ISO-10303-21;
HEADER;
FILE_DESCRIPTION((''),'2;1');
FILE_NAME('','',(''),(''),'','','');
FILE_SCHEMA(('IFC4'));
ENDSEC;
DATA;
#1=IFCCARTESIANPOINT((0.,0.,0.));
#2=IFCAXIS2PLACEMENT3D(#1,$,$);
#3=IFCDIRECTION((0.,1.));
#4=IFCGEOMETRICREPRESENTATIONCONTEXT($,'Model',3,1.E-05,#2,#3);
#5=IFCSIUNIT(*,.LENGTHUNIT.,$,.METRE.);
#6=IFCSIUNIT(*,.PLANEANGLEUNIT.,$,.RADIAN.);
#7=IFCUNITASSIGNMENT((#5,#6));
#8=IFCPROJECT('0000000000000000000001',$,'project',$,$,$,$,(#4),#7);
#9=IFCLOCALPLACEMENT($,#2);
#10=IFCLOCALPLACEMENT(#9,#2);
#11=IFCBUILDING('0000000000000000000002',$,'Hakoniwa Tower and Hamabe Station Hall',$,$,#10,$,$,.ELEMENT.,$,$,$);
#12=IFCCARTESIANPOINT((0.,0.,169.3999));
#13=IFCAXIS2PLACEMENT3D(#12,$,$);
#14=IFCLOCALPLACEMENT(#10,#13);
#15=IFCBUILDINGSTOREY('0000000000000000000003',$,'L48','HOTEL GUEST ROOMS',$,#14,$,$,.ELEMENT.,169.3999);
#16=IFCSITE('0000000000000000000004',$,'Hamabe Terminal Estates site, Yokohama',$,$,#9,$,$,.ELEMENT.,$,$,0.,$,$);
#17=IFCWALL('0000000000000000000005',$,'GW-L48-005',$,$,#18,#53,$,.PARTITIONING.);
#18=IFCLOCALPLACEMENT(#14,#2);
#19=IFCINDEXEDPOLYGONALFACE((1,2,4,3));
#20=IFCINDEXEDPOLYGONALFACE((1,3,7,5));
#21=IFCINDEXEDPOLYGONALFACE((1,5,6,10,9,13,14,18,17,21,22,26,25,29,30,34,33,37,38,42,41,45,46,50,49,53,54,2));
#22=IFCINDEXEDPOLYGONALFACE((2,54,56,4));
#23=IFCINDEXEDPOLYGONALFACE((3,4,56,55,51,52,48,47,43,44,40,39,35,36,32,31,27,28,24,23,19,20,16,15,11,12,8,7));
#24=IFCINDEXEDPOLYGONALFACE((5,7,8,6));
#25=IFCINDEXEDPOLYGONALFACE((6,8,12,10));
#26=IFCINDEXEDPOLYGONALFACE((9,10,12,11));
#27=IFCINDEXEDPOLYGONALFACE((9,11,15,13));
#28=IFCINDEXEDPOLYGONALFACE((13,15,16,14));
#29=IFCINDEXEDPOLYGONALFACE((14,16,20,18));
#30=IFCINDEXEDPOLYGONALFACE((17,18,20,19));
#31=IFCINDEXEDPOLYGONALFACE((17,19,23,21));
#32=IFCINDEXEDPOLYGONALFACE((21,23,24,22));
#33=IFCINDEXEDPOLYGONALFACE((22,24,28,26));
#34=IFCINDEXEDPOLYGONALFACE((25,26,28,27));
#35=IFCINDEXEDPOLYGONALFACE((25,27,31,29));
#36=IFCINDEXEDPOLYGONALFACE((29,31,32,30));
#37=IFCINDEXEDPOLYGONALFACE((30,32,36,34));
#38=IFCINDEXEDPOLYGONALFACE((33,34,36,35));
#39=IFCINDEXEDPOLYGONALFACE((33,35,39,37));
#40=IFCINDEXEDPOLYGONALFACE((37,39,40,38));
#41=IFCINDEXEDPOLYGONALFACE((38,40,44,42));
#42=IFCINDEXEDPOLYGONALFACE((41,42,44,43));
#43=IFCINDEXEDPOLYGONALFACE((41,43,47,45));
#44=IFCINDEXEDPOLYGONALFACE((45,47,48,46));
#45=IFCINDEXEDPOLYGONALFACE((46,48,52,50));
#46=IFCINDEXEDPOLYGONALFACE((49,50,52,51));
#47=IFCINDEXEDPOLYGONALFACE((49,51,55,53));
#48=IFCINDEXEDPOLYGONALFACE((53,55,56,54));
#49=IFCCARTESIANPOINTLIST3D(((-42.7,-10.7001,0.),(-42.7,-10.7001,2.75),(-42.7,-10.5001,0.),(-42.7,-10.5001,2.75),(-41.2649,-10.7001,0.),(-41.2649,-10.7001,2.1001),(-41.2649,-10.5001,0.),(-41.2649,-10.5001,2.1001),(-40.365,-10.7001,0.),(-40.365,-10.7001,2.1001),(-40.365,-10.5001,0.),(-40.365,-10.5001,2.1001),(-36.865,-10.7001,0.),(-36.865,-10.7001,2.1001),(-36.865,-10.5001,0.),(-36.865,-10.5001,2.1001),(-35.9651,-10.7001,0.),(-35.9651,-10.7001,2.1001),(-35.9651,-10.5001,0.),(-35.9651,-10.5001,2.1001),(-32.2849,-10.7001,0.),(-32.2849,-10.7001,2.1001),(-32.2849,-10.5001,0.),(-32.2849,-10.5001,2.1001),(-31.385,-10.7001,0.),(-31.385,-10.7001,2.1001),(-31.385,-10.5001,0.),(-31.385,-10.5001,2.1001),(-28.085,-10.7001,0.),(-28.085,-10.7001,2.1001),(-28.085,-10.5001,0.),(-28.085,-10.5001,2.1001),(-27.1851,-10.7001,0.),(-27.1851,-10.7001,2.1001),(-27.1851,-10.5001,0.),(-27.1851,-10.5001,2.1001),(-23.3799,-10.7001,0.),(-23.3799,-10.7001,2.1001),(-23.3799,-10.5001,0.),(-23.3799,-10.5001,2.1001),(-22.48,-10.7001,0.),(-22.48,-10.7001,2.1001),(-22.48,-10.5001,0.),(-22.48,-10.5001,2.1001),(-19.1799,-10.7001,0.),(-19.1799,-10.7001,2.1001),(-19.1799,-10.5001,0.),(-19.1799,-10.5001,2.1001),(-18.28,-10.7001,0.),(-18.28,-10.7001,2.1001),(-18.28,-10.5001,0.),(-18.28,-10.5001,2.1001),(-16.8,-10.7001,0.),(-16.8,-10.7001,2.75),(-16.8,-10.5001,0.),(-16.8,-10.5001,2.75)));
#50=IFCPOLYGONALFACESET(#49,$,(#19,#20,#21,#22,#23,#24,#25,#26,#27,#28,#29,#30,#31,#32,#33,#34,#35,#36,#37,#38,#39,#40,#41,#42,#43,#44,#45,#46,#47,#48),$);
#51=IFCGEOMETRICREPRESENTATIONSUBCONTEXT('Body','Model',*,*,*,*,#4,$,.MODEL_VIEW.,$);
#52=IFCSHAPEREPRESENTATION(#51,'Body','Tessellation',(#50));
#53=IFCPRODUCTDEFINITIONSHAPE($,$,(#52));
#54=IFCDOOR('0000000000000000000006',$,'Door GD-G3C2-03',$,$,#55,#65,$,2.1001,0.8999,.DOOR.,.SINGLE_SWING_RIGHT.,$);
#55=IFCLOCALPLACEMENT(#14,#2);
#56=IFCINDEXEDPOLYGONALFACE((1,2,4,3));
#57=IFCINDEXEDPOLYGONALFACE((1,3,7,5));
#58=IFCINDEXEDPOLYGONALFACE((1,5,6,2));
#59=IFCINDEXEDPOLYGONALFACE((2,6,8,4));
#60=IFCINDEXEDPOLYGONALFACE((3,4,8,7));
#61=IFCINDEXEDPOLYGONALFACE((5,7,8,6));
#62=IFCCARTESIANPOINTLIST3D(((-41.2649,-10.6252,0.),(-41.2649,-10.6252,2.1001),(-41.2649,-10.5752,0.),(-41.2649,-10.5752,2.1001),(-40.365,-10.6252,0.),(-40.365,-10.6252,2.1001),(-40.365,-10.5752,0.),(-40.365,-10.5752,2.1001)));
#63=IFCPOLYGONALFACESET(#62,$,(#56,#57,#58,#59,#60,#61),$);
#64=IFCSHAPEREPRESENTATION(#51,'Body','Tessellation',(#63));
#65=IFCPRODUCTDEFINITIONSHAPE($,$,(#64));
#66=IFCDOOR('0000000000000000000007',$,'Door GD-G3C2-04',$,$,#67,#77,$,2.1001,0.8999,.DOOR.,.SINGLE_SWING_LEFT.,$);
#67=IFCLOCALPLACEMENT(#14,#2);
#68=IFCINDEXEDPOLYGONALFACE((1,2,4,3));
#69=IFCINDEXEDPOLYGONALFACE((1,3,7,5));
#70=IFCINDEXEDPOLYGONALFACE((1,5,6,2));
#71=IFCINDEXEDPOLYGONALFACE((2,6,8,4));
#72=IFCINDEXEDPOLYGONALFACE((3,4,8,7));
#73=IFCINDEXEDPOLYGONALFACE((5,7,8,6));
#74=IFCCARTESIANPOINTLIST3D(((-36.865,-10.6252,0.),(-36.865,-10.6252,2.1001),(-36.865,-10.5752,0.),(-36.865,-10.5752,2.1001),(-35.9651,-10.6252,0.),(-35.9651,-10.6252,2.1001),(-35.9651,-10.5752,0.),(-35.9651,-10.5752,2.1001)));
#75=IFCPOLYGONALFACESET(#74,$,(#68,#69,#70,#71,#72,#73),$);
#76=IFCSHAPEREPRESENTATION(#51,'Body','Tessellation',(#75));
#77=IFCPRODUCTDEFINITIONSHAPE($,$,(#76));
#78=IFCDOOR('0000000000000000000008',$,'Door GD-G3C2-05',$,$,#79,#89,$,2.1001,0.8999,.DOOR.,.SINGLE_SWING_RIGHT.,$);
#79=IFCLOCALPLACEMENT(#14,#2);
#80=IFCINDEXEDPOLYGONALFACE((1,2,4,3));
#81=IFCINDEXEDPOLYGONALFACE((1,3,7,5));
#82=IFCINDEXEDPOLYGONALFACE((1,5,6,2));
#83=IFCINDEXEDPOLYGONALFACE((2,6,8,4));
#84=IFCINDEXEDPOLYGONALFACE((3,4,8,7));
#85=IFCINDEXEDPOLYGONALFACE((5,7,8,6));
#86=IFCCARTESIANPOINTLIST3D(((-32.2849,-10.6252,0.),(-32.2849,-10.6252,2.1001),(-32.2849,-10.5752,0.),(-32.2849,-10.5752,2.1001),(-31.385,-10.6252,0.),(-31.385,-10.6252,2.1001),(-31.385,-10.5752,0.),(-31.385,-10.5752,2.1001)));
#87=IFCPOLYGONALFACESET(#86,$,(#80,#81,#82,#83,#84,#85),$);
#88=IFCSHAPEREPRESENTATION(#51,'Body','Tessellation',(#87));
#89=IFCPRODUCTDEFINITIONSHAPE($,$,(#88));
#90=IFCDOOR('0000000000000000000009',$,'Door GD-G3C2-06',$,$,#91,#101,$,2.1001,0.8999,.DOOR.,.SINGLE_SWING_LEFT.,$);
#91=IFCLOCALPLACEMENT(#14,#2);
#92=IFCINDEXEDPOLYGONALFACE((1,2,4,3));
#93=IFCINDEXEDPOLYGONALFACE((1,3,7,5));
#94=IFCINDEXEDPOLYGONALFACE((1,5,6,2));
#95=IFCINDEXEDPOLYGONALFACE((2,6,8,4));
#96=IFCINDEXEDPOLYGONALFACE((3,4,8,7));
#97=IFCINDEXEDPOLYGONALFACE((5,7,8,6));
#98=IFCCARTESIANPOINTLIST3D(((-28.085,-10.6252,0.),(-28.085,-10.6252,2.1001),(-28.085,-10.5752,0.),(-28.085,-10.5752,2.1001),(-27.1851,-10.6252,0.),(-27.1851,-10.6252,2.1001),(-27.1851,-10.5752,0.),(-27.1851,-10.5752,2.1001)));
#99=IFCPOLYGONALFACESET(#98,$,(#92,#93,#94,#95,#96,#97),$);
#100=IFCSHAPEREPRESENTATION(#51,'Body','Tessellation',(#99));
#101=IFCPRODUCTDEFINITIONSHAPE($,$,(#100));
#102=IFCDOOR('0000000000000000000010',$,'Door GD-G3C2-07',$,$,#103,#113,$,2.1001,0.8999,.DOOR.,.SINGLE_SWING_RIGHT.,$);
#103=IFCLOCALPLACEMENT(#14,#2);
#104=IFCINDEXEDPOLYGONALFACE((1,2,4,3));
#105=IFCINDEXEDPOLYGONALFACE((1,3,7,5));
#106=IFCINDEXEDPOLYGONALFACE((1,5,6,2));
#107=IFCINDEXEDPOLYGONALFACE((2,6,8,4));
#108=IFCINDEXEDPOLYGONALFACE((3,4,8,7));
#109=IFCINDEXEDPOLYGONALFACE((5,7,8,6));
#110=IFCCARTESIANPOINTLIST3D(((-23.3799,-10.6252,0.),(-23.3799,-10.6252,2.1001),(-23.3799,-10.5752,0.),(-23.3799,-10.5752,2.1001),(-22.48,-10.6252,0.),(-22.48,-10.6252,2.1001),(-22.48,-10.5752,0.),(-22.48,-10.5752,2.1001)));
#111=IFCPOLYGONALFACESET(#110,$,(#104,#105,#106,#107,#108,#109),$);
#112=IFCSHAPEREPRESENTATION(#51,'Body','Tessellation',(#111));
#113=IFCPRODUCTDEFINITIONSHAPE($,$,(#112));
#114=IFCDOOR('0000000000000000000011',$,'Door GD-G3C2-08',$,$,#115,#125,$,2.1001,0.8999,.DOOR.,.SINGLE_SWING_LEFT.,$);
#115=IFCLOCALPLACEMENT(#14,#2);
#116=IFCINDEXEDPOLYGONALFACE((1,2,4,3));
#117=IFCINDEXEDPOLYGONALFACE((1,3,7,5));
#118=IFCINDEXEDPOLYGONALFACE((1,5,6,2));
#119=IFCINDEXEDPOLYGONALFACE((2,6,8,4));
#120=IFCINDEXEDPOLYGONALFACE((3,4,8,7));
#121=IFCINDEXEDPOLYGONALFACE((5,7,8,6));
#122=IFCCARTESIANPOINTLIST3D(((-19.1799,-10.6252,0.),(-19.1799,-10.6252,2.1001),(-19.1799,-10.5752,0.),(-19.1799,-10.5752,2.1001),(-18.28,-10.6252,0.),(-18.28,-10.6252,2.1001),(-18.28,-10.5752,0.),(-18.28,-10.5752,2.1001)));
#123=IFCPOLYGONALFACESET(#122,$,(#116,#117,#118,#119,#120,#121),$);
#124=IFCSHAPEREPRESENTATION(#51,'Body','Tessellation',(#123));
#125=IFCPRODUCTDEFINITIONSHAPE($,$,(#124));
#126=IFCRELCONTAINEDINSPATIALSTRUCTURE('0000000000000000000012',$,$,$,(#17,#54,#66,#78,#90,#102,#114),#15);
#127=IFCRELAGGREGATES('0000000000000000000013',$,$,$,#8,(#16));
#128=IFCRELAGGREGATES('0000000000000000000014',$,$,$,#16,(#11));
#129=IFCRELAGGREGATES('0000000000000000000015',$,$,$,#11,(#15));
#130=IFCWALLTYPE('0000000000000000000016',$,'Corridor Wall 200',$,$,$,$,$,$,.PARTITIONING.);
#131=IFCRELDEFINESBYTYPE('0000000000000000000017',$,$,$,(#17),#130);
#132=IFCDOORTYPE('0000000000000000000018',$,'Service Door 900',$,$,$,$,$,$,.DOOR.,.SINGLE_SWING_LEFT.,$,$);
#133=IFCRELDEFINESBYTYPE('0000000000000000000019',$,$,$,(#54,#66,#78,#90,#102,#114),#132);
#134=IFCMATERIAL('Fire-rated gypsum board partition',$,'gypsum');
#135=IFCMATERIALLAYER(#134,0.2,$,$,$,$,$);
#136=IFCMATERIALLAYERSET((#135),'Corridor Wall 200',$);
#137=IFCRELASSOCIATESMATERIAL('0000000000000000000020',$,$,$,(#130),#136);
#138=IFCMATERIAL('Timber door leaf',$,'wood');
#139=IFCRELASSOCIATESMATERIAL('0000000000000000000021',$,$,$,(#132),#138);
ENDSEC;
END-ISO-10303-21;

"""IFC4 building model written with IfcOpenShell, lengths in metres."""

from ifc_helpers import new_model, si_unit, direction, frame, frame_2d, origin, place, context, subcontext, project, spatial, rectangle, extrude, material, layer, layer_set, type_object, element, fill, save


model = new_model("IFC4")

# Units and contexts
model_context = context("Model", 3, precision=1e-05, world=origin(), true_north=direction((0.0, 1.0)))
body_context = subcontext(model_context, "Body", "Model", "MODEL_VIEW")
ifc_project = project(units=[si_unit("LENGTHUNIT", "METRE"), si_unit("PLANEANGLEUNIT", "RADIAN")], contexts=[model_context])

# Site, building, storey
site_placement = place(None, origin())
site = spatial("IfcSite", under=ifc_project, at=site_placement, Name="Hamabe Terminal Estates site, Yokohama", CompositionType="ELEMENT", RefElevation=0.0)
building_placement = place(site_placement, origin())
building = spatial("IfcBuilding", under=site, at=building_placement, Name="Hakoniwa Tower and Hamabe Station Hall", CompositionType="ELEMENT")
storey_placement = place(building_placement, frame((0.0, 0.0, 169.3999)))
storey = spatial("IfcBuildingStorey", under=building, at=storey_placement, Name="L48", Description="HOTEL GUEST ROOMS", CompositionType="ELEMENT", Elevation=169.3999)

# Wall, openings, doors
ifc_material_1 = material(Name="Fire-rated gypsum board partition", Category="gypsum")
ifc_layer_1 = layer(ifc_material_1, 0.2)
ifc_layer_set_1 = layer_set([ifc_layer_1], Name="Corridor Wall 200")
wall_type_1 = type_object("IfcWallType", Name="Corridor Wall 200", PredefinedType="PARTITIONING", material=ifc_layer_set_1)
wall_1_placement = place(storey_placement, frame((-42.7, -10.6001, 0.0), z_axis=(0.0, 0.0, 1.0), x_axis=(1.0, 0.0, 0.0)))
wall_1 = element("IfcWall", 1, at=wall_1_placement, inside=storey, type_object=wall_type_1, Name="GW-L48-005", PredefinedType="PARTITIONING", context=body_context, shape_type="SweptSolid", body=[
    extrude(rectangle(XDim=25.8999, YDim=0.2, at=frame_2d((12.95, 0.0))), origin(), (0.0, 0.0, 1.0), 2.75),
])
opening_1_placement = place(wall_1_placement, frame((1.4351, 0.0, 0.0)))
opening_1 = element("IfcOpeningElement", 2, at=opening_1_placement, cuts=wall_1, PredefinedType="OPENING", context=body_context, shape_type="SweptSolid", body=[
    extrude(rectangle(XDim=0.8999, YDim=2.1001, at=frame_2d((0.45, 1.05))), frame((0.0, 0.1099, 0.0), z_axis=(0.0, -1.0, 0.0), x_axis=(1.0, 0.0, 0.0)), (0.0, 0.0, 1.0), 0.22),
])
opening_2_placement = place(wall_1_placement, frame((5.835, 0.0, 0.0)))
opening_2 = element("IfcOpeningElement", 3, at=opening_2_placement, cuts=wall_1, PredefinedType="OPENING", context=body_context, shape_type="SweptSolid", body=[
    extrude(rectangle(XDim=0.8999, YDim=2.1001, at=frame_2d((0.45, 1.05))), frame((0.0, 0.1099, 0.0), z_axis=(0.0, -1.0, 0.0), x_axis=(1.0, 0.0, 0.0)), (0.0, 0.0, 1.0), 0.22),
])
opening_3_placement = place(wall_1_placement, frame((10.415, 0.0, 0.0)))
opening_3 = element("IfcOpeningElement", 4, at=opening_3_placement, cuts=wall_1, PredefinedType="OPENING", context=body_context, shape_type="SweptSolid", body=[
    extrude(rectangle(XDim=0.8999, YDim=2.1001, at=frame_2d((0.45, 1.05))), frame((0.0, 0.1099, 0.0), z_axis=(0.0, -1.0, 0.0), x_axis=(1.0, 0.0, 0.0)), (0.0, 0.0, 1.0), 0.22),
])
opening_4_placement = place(wall_1_placement, frame((14.615, 0.0, 0.0)))
opening_4 = element("IfcOpeningElement", 5, at=opening_4_placement, cuts=wall_1, PredefinedType="OPENING", context=body_context, shape_type="SweptSolid", body=[
    extrude(rectangle(XDim=0.8999, YDim=2.1001, at=frame_2d((0.45, 1.05))), frame((0.0, 0.1099, 0.0), z_axis=(0.0, -1.0, 0.0), x_axis=(1.0, 0.0, 0.0)), (0.0, 0.0, 1.0), 0.22),
])
opening_5_placement = place(wall_1_placement, frame((19.3201, 0.0, 0.0)))
opening_5 = element("IfcOpeningElement", 6, at=opening_5_placement, cuts=wall_1, PredefinedType="OPENING", context=body_context, shape_type="SweptSolid", body=[
    extrude(rectangle(XDim=0.8999, YDim=2.1001, at=frame_2d((0.45, 1.05))), frame((0.0, 0.1099, 0.0), z_axis=(0.0, -1.0, 0.0), x_axis=(1.0, 0.0, 0.0)), (0.0, 0.0, 1.0), 0.22),
])
opening_6_placement = place(wall_1_placement, frame((23.52, 0.0, 0.0)))
opening_6 = element("IfcOpeningElement", 7, at=opening_6_placement, cuts=wall_1, PredefinedType="OPENING", context=body_context, shape_type="SweptSolid", body=[
    extrude(rectangle(XDim=0.8999, YDim=2.1001, at=frame_2d((0.45, 1.05))), frame((0.0, 0.1099, 0.0), z_axis=(0.0, -1.0, 0.0), x_axis=(1.0, 0.0, 0.0)), (0.0, 0.0, 1.0), 0.22),
])
ifc_material_2 = material(Name="Timber door leaf", Category="wood")
door_type = type_object("IfcDoorType", Name="Service Door 900", OperationType="SINGLE_SWING_LEFT", PredefinedType="DOOR", material=ifc_material_2)
door_1_placement = place(opening_1_placement, origin())
door_1 = element("IfcDoor", 8, at=door_1_placement, inside=storey, type_object=door_type, Name="Door GD-G3C2-03", OperationType="SINGLE_SWING_RIGHT", OverallHeight=2.1001, OverallWidth=0.8999, PredefinedType="DOOR", context=body_context, shape_type="SweptSolid", body=[
    extrude(rectangle(XDim=0.8999, YDim=2.1001, at=frame_2d((0.45, 1.05))), frame((0.0, 0.0249, 0.0), z_axis=(0.0, -1.0, 0.0), x_axis=(1.0, 0.0, 0.0)), (0.0, 0.0, 1.0), 0.05),
])
fill(opening_1, door_1)
door_2_placement = place(opening_2_placement, origin())
door_2 = element("IfcDoor", 9, at=door_2_placement, inside=storey, type_object=door_type, Name="Door GD-G3C2-04", OperationType="SINGLE_SWING_LEFT", OverallHeight=2.1001, OverallWidth=0.8999, PredefinedType="DOOR", context=body_context, shape_type="SweptSolid", body=[
    extrude(rectangle(XDim=0.8999, YDim=2.1001, at=frame_2d((0.45, 1.05))), frame((0.0, 0.0249, 0.0), z_axis=(0.0, -1.0, 0.0), x_axis=(1.0, 0.0, 0.0)), (0.0, 0.0, 1.0), 0.05),
])
fill(opening_2, door_2)
door_3_placement = place(opening_3_placement, origin())
door_3 = element("IfcDoor", 10, at=door_3_placement, inside=storey, type_object=door_type, Name="Door GD-G3C2-05", OperationType="SINGLE_SWING_RIGHT", OverallHeight=2.1001, OverallWidth=0.8999, PredefinedType="DOOR", context=body_context, shape_type="SweptSolid", body=[
    extrude(rectangle(XDim=0.8999, YDim=2.1001, at=frame_2d((0.45, 1.05))), frame((0.0, 0.0249, 0.0), z_axis=(0.0, -1.0, 0.0), x_axis=(1.0, 0.0, 0.0)), (0.0, 0.0, 1.0), 0.05),
])
fill(opening_3, door_3)
door_4_placement = place(opening_4_placement, origin())
door_4 = element("IfcDoor", 11, at=door_4_placement, inside=storey, type_object=door_type, Name="Door GD-G3C2-06", OperationType="SINGLE_SWING_LEFT", OverallHeight=2.1001, OverallWidth=0.8999, PredefinedType="DOOR", context=body_context, shape_type="SweptSolid", body=[
    extrude(rectangle(XDim=0.8999, YDim=2.1001, at=frame_2d((0.45, 1.05))), frame((0.0, 0.0249, 0.0), z_axis=(0.0, -1.0, 0.0), x_axis=(1.0, 0.0, 0.0)), (0.0, 0.0, 1.0), 0.05),
])
fill(opening_4, door_4)
door_5_placement = place(opening_5_placement, origin())
door_5 = element("IfcDoor", 12, at=door_5_placement, inside=storey, type_object=door_type, Name="Door GD-G3C2-07", OperationType="SINGLE_SWING_RIGHT", OverallHeight=2.1001, OverallWidth=0.8999, PredefinedType="DOOR", context=body_context, shape_type="SweptSolid", body=[
    extrude(rectangle(XDim=0.8999, YDim=2.1001, at=frame_2d((0.45, 1.05))), frame((0.0, 0.0249, 0.0), z_axis=(0.0, -1.0, 0.0), x_axis=(1.0, 0.0, 0.0)), (0.0, 0.0, 1.0), 0.05),
])
fill(opening_5, door_5)
door_6_placement = place(opening_6_placement, origin())
door_6 = element("IfcDoor", 13, at=door_6_placement, inside=storey, type_object=door_type, Name="Door GD-G3C2-08", OperationType="SINGLE_SWING_LEFT", OverallHeight=2.1001, OverallWidth=0.8999, PredefinedType="DOOR", context=body_context, shape_type="SweptSolid", body=[
    extrude(rectangle(XDim=0.8999, YDim=2.1001, at=frame_2d((0.45, 1.05))), frame((0.0, 0.0249, 0.0), z_axis=(0.0, -1.0, 0.0), x_axis=(1.0, 0.0, 0.0)), (0.0, 0.0, 1.0), 0.05),
])
fill(opening_6, door_6)

save(model, "model.ifc")
